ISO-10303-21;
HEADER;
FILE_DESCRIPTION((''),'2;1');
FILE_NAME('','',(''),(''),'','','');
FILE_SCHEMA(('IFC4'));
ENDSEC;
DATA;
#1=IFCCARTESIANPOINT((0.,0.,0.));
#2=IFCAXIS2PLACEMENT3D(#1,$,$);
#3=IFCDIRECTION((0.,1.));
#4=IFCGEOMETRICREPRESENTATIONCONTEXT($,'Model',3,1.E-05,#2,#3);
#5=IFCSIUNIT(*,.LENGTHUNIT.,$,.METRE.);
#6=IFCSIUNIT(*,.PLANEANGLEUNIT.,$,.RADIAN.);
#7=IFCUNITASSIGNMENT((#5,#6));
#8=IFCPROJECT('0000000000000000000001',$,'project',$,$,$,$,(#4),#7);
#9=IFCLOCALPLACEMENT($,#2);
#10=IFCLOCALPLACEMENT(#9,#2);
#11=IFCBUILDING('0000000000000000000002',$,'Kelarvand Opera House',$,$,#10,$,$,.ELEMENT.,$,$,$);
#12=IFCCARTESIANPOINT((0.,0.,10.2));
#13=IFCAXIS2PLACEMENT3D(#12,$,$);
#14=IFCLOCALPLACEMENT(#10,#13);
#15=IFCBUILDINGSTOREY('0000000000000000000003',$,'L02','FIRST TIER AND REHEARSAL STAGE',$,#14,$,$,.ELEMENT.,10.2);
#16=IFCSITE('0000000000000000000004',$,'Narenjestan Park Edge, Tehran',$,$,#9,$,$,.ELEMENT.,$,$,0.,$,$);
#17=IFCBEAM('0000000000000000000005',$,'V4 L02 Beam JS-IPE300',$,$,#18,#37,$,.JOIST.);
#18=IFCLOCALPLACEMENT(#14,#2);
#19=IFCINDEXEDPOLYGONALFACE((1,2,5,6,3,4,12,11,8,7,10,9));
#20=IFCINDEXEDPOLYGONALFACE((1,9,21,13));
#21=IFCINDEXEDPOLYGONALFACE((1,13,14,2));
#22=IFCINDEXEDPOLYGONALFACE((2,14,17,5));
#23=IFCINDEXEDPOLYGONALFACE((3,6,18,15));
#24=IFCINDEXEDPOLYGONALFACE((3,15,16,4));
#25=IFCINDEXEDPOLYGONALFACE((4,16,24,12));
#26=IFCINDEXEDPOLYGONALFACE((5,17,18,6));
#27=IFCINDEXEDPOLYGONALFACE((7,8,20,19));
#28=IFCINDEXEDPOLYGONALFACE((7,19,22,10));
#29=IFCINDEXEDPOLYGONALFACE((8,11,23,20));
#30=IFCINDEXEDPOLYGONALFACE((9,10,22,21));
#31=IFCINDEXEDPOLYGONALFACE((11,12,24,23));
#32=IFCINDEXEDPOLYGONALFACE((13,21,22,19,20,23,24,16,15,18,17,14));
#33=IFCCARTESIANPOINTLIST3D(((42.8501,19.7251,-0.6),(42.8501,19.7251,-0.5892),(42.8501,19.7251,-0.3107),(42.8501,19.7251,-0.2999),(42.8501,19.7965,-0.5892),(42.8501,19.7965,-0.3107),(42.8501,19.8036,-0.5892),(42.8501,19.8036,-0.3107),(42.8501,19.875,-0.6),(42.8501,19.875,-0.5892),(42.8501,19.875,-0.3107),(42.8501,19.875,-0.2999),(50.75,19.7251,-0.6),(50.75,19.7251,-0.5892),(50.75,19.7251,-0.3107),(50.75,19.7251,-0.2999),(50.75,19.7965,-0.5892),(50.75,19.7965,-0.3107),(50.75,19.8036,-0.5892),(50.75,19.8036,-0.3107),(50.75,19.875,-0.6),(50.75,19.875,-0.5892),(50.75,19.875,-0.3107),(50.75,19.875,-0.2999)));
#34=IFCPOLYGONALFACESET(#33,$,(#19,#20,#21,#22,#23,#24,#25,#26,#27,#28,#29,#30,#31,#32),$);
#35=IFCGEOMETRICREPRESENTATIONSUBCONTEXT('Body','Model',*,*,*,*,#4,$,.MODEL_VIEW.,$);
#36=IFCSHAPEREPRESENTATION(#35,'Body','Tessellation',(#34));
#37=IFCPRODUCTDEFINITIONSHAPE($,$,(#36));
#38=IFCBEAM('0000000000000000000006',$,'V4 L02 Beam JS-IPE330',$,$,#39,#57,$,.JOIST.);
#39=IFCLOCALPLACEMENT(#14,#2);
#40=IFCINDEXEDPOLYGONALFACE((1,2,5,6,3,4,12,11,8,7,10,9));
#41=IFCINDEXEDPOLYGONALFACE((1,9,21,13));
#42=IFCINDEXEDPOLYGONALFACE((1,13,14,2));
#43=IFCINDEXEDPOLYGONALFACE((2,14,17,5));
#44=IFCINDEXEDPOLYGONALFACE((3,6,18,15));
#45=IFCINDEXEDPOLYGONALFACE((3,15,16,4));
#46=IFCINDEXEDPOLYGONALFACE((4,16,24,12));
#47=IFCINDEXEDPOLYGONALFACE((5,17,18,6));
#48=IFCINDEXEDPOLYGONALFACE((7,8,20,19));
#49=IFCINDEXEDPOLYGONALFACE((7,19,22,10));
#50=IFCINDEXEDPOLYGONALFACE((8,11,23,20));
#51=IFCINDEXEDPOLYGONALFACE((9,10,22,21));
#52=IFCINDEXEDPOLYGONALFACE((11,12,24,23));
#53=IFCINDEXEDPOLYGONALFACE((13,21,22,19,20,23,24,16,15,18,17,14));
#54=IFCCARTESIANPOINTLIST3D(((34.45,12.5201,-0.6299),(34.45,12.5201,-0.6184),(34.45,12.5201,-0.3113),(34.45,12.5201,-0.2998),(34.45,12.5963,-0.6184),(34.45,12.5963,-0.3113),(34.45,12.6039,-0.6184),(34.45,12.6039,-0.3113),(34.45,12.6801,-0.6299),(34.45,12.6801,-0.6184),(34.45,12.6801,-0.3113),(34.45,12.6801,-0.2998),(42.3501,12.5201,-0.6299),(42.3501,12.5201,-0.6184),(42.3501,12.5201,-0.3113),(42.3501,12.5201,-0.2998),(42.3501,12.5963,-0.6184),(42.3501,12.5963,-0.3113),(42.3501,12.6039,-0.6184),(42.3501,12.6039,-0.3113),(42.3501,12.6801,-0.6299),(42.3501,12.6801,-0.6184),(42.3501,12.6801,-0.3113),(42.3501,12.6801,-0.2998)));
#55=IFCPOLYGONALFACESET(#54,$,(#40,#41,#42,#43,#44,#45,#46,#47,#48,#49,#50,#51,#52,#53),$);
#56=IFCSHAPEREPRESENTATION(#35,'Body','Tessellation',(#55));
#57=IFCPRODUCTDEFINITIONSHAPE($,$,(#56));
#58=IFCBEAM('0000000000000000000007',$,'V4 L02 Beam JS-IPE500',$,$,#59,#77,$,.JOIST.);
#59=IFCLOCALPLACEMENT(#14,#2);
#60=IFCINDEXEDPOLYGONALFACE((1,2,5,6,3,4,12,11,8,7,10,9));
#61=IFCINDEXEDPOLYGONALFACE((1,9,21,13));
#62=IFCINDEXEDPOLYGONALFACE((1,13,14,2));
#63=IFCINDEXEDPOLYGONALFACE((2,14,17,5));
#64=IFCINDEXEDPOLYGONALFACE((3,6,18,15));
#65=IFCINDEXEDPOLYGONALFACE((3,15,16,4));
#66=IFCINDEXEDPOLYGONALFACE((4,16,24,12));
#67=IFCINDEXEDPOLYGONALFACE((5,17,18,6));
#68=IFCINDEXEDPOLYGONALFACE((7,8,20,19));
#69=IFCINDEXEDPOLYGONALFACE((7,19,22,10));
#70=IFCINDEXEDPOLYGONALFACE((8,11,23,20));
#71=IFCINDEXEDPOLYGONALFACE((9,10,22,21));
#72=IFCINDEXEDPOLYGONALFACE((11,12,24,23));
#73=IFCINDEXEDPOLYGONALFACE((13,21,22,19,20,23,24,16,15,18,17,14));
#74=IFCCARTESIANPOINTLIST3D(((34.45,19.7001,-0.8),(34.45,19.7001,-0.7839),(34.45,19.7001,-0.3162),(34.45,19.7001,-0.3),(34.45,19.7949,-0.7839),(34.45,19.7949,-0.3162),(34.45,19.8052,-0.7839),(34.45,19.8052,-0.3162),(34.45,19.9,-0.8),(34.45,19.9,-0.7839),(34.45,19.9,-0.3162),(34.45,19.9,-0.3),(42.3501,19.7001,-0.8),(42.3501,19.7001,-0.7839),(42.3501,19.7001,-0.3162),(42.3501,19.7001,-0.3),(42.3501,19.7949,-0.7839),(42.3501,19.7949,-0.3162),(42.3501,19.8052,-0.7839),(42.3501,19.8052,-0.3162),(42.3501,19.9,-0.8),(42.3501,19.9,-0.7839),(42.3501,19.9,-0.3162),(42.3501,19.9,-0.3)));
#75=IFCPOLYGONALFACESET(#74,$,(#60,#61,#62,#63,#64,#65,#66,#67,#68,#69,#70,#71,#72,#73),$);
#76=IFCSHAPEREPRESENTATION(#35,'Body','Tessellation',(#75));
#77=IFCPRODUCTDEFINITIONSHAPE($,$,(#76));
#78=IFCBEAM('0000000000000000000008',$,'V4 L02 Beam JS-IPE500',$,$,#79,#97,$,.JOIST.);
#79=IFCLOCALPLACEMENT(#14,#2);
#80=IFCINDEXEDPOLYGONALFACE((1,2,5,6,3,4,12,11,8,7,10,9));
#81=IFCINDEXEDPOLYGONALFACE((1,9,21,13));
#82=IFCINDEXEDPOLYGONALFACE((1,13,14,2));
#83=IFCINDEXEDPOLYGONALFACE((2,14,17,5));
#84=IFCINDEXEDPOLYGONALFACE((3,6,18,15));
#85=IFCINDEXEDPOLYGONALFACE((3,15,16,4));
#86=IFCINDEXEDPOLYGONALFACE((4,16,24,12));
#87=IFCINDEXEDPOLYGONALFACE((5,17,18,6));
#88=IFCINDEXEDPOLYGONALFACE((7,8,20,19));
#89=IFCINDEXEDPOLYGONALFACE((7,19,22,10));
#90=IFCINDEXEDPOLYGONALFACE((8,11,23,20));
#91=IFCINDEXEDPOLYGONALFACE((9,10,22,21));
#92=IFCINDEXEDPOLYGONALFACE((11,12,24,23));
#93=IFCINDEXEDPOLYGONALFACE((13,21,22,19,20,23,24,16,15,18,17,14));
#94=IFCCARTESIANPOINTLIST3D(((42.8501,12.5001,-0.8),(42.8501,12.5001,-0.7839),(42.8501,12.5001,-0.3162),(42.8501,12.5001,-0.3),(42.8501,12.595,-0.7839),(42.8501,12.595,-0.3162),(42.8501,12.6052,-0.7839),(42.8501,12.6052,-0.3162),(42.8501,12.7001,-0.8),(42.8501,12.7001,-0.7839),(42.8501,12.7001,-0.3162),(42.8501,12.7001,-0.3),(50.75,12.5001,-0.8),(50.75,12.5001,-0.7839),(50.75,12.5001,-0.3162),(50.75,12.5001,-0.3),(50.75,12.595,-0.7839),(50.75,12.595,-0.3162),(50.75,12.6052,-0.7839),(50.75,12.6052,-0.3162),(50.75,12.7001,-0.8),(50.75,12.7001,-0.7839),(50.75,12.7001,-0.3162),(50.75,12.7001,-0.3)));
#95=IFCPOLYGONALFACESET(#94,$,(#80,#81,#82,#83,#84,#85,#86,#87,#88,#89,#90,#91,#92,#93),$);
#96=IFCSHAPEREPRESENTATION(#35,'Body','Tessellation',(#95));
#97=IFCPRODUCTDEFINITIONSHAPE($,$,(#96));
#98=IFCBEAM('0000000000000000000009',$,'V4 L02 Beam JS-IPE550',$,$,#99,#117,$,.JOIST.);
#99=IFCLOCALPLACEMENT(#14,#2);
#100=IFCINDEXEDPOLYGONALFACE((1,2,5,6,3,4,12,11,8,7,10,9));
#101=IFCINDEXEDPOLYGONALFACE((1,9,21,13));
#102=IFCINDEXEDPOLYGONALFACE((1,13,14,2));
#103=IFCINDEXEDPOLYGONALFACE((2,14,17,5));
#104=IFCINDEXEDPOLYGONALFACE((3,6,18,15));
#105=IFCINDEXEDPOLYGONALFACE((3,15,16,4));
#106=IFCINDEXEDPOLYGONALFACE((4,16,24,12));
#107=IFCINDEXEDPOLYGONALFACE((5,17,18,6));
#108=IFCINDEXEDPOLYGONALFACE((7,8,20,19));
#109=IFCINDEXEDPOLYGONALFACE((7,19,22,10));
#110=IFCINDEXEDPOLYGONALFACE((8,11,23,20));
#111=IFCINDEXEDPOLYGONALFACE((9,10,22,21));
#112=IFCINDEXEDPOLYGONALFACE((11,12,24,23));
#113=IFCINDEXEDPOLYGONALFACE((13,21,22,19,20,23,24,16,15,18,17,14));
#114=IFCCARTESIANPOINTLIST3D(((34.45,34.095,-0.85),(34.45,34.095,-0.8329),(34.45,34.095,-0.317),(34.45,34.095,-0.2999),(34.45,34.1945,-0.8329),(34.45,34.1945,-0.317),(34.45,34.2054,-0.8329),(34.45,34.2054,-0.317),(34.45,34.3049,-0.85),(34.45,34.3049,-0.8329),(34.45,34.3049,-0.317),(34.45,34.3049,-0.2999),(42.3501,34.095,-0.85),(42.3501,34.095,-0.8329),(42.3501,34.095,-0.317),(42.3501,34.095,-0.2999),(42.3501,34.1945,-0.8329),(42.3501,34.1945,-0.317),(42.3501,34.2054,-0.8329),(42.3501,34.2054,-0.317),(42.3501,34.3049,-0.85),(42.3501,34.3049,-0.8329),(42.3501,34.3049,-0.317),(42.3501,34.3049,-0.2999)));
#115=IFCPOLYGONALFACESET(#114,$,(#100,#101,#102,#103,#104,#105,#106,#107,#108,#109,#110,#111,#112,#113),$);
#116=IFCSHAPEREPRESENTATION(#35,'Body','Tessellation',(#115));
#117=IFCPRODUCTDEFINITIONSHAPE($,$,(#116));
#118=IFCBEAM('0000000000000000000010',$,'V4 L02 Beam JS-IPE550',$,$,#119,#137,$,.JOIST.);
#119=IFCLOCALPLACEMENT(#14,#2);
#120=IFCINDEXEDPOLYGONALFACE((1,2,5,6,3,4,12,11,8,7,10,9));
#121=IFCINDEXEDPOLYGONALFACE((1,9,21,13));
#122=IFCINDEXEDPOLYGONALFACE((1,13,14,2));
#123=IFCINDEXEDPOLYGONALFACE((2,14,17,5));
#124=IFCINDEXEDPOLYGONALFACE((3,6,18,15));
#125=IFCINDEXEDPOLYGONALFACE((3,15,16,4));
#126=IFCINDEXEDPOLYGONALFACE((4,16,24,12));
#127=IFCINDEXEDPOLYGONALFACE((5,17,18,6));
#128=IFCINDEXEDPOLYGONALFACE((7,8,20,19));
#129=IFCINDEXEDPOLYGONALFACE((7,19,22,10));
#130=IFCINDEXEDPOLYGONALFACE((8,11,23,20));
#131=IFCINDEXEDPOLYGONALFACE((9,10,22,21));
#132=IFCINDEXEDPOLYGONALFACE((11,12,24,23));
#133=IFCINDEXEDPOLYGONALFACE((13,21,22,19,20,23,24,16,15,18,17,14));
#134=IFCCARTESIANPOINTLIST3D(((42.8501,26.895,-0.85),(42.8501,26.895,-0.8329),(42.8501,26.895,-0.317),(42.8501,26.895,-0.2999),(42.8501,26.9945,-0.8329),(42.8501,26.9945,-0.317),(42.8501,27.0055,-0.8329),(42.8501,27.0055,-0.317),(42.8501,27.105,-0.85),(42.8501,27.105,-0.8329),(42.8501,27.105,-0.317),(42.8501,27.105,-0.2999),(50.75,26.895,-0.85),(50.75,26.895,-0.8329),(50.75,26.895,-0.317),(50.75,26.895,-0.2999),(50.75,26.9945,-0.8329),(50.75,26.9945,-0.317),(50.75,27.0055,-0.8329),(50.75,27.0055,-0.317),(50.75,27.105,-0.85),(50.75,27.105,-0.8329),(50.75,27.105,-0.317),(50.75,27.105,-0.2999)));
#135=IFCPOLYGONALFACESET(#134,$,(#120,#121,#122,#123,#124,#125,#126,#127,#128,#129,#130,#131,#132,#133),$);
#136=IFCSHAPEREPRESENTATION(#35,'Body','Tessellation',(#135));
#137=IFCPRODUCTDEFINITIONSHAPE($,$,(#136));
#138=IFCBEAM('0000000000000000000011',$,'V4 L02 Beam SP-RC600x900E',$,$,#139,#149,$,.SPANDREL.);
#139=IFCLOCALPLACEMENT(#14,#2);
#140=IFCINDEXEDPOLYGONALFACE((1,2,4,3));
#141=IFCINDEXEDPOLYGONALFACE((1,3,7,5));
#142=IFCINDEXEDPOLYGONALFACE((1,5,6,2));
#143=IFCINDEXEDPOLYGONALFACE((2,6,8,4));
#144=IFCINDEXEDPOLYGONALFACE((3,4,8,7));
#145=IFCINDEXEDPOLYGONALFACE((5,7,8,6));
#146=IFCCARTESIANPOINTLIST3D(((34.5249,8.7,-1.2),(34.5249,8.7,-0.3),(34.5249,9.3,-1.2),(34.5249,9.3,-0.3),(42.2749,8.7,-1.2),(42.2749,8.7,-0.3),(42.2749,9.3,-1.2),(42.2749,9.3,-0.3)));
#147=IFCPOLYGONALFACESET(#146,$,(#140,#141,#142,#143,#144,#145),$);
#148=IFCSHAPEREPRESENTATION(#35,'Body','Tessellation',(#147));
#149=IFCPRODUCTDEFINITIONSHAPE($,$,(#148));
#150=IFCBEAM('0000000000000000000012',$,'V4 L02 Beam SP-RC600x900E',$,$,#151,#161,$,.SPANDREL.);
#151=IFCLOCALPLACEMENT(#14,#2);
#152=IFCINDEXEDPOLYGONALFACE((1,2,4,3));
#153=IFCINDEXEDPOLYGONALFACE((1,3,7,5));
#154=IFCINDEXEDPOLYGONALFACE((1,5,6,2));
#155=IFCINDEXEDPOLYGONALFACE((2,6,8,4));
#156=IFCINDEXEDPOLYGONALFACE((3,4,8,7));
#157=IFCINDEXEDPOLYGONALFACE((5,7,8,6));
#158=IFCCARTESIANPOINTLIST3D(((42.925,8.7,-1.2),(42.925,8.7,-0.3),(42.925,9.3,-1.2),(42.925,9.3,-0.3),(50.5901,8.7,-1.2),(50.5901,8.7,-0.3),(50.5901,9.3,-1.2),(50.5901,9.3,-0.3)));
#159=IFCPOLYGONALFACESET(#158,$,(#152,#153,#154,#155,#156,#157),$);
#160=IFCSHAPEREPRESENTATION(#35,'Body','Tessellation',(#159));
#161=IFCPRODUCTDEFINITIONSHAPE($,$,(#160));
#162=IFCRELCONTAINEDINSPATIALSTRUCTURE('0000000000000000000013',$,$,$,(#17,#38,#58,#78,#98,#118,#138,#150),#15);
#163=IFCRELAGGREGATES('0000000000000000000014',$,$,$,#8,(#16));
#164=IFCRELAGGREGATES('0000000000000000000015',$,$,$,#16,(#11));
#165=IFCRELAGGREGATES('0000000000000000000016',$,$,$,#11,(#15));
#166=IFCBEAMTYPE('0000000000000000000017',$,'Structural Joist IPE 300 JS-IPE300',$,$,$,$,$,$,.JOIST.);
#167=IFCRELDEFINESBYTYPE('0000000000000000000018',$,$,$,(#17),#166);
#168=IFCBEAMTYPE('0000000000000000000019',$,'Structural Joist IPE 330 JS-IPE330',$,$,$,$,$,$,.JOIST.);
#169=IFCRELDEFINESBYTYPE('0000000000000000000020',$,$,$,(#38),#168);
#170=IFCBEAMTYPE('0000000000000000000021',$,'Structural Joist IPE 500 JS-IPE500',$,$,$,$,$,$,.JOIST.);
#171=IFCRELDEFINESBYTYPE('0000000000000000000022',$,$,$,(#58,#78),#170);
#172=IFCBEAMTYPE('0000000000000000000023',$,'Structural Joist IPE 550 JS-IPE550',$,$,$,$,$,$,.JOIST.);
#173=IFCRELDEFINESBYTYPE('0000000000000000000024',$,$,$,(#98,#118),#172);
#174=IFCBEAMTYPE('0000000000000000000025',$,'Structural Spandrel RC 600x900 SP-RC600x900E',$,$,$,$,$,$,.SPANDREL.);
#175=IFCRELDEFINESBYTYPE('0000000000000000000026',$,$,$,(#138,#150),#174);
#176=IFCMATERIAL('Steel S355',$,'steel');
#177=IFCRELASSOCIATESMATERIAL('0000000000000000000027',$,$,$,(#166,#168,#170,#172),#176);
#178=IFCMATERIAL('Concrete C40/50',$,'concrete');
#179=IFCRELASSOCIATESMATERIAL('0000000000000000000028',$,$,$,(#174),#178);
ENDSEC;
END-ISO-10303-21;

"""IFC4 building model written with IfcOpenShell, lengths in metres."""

from ifc_helpers import new_model, si_unit, direction, frame, origin, origin_2d, place, context, subcontext, project, spatial, rectangle, i_section, extrude, material, material_profile, profile_set, type_object, element, save


model = new_model("IFC4")

# Units and contexts
model_context = context("Model", 3, precision=1e-05, world=origin(), true_north=direction((0.0, 1.0)))
body_context = subcontext(model_context, "Body", "Model", "MODEL_VIEW")
ifc_project = project(units=[si_unit("LENGTHUNIT", "METRE"), si_unit("PLANEANGLEUNIT", "RADIAN")], contexts=[model_context])

# Site, building, storey
site_placement = place(None, origin())
site = spatial("IfcSite", under=ifc_project, at=site_placement, Name="Narenjestan Park Edge, Tehran", CompositionType="ELEMENT", RefElevation=0.0)
building_placement = place(site_placement, origin())
building = spatial("IfcBuilding", under=site, at=building_placement, Name="Kelarvand Opera House", CompositionType="ELEMENT")
storey_placement = place(building_placement, frame((0.0, 0.0, 10.2)))
storey = spatial("IfcBuildingStorey", under=building, at=storey_placement, Name="L02", Description="FIRST TIER AND REHEARSAL STAGE", CompositionType="ELEMENT", Elevation=10.2)

# Beams
ifc_material_1 = material(Name="Concrete C40/50", Category="concrete")
ifc_material_2 = material(Name="Steel S355", Category="steel")
ifc_material_profile_1 = material_profile(ifc_material_2, i_section(OverallWidth=0.1499, OverallDepth=0.3, WebThickness=0.0071, FlangeThickness=0.0107, at=origin_2d()), Name="IPE 300", Category="steel")
ifc_profile_set_1 = profile_set([ifc_material_profile_1], Name="Steel S355")
beam_type_1 = type_object("IfcBeamType", Name="Structural Joist IPE 300 JS-IPE300", PredefinedType="JOIST", material=ifc_profile_set_1)
beam_1_placement = place(storey_placement, frame((42.8501, 19.8, -0.45), z_axis=(1.0, 0.0, 0.0), x_axis=(0.0, 1.0, 0.0)))
element("IfcBeam", 1, at=beam_1_placement, inside=storey, type_object=beam_type_1, Name="V4 L02 Beam JS-IPE300", PredefinedType="JOIST", context=body_context, shape_type="SweptSolid", body=[
    extrude(i_section(OverallWidth=0.1499, OverallDepth=0.3, WebThickness=0.0071, FlangeThickness=0.0107, at=origin_2d()), origin(), (0.0, 0.0, 1.0), 7.8999),
])
ifc_material_profile_2 = material_profile(ifc_material_2, i_section(OverallWidth=0.1599, OverallDepth=0.3301, WebThickness=0.0076, FlangeThickness=0.0115, at=origin_2d()), Name="IPE 330", Category="steel")
ifc_profile_set_2 = profile_set([ifc_material_profile_2], Name="Steel S355")
beam_type_2 = type_object("IfcBeamType", Name="Structural Joist IPE 330 JS-IPE330", PredefinedType="JOIST", material=ifc_profile_set_2)
beam_2_placement = place(storey_placement, frame((34.45, 12.6001, -0.4648), z_axis=(1.0, 0.0, 0.0), x_axis=(0.0, 1.0, 0.0)))
element("IfcBeam", 2, at=beam_2_placement, inside=storey, type_object=beam_type_2, Name="V4 L02 Beam JS-IPE330", PredefinedType="JOIST", context=body_context, shape_type="SweptSolid", body=[
    extrude(i_section(OverallWidth=0.1599, OverallDepth=0.3301, WebThickness=0.0076, FlangeThickness=0.0115, at=origin_2d()), origin(), (0.0, 0.0, 1.0), 7.9001),
])
ifc_material_profile_3 = material_profile(ifc_material_2, i_section(OverallWidth=0.2, OverallDepth=0.5, WebThickness=0.0103, FlangeThickness=0.0161, at=origin_2d()), Name="IPE 500", Category="steel")
ifc_profile_set_3 = profile_set([ifc_material_profile_3], Name="Steel S355")
beam_type_3 = type_object("IfcBeamType", Name="Structural Joist IPE 500 JS-IPE500", PredefinedType="JOIST", material=ifc_profile_set_3)
beam_3_placement = place(storey_placement, frame((34.45, 19.8, -0.55), z_axis=(1.0, 0.0, 0.0), x_axis=(0.0, 1.0, 0.0)))
element("IfcBeam", 3, at=beam_3_placement, inside=storey, type_object=beam_type_3, Name="V4 L02 Beam JS-IPE500", PredefinedType="JOIST", context=body_context, shape_type="SweptSolid", body=[
    extrude(i_section(OverallWidth=0.2, OverallDepth=0.5, WebThickness=0.0103, FlangeThickness=0.0161, at=origin_2d()), origin(), (0.0, 0.0, 1.0), 7.9001),
])
beam_4_placement = place(storey_placement, frame((42.8501, 12.6001, -0.55), z_axis=(1.0, 0.0, 0.0), x_axis=(0.0, 1.0, 0.0)))
element("IfcBeam", 4, at=beam_4_placement, inside=storey, type_object=beam_type_3, Name="V4 L02 Beam JS-IPE500", PredefinedType="JOIST", context=body_context, shape_type="SweptSolid", body=[
    extrude(i_section(OverallWidth=0.2, OverallDepth=0.5, WebThickness=0.0103, FlangeThickness=0.0161, at=origin_2d()), origin(), (0.0, 0.0, 1.0), 7.8999),
])
ifc_material_profile_4 = material_profile(ifc_material_2, i_section(OverallWidth=0.21, OverallDepth=0.55, WebThickness=0.011, FlangeThickness=0.0171, at=origin_2d()), Name="IPE 550", Category="steel")
ifc_profile_set_4 = profile_set([ifc_material_profile_4], Name="Steel S355")
beam_type_4 = type_object("IfcBeamType", Name="Structural Joist IPE 550 JS-IPE550", PredefinedType="JOIST", material=ifc_profile_set_4)
beam_5_placement = place(storey_placement, frame((34.45, 34.2, -0.575), z_axis=(1.0, 0.0, 0.0), x_axis=(0.0, 1.0, 0.0)))
element("IfcBeam", 5, at=beam_5_placement, inside=storey, type_object=beam_type_4, Name="V4 L02 Beam JS-IPE550", PredefinedType="JOIST", context=body_context, shape_type="SweptSolid", body=[
    extrude(i_section(OverallWidth=0.21, OverallDepth=0.55, WebThickness=0.011, FlangeThickness=0.0171, at=origin_2d()), origin(), (0.0, 0.0, 1.0), 7.9001),
])
beam_6_placement = place(storey_placement, frame((42.8501, 27.0, -0.575), z_axis=(1.0, 0.0, 0.0), x_axis=(0.0, 1.0, 0.0)))
element("IfcBeam", 6, at=beam_6_placement, inside=storey, type_object=beam_type_4, Name="V4 L02 Beam JS-IPE550", PredefinedType="JOIST", context=body_context, shape_type="SweptSolid", body=[
    extrude(i_section(OverallWidth=0.21, OverallDepth=0.55, WebThickness=0.011, FlangeThickness=0.0171, at=origin_2d()), origin(), (0.0, 0.0, 1.0), 7.8999),
])
ifc_material_profile_5 = material_profile(ifc_material_1, rectangle(XDim=0.6001, YDim=0.8999, at=origin_2d()), Name="RC 600x900", Category="concrete")
ifc_profile_set_5 = profile_set([ifc_material_profile_5], Name="Concrete C40/50")
beam_type_5 = type_object("IfcBeamType", Name="Structural Spandrel RC 600x900 SP-RC600x900E", PredefinedType="SPANDREL", material=ifc_profile_set_5)
beam_7_placement = place(storey_placement, frame((34.5249, 9.0, -0.75), z_axis=(1.0, 0.0, 0.0), x_axis=(0.0, 1.0, 0.0)))
element("IfcBeam", 7, at=beam_7_placement, inside=storey, type_object=beam_type_5, Name="V4 L02 Beam SP-RC600x900E", PredefinedType="SPANDREL", context=body_context, shape_type="SweptSolid", body=[
    extrude(rectangle(XDim=0.6001, YDim=0.8999, at=origin_2d()), origin(), (0.0, 0.0, 1.0), 7.75),
])
beam_8_placement = place(storey_placement, frame((42.925, 9.0, -0.75), z_axis=(1.0, 0.0, 0.0), x_axis=(0.0, 1.0, 0.0)))
element("IfcBeam", 8, at=beam_8_placement, inside=storey, type_object=beam_type_5, Name="V4 L02 Beam SP-RC600x900E", PredefinedType="SPANDREL", context=body_context, shape_type="SweptSolid", body=[
    extrude(rectangle(XDim=0.6001, YDim=0.8999, at=origin_2d()), origin(), (0.0, 0.0, 1.0), 7.665),
])

save(model, "model.ifc")
